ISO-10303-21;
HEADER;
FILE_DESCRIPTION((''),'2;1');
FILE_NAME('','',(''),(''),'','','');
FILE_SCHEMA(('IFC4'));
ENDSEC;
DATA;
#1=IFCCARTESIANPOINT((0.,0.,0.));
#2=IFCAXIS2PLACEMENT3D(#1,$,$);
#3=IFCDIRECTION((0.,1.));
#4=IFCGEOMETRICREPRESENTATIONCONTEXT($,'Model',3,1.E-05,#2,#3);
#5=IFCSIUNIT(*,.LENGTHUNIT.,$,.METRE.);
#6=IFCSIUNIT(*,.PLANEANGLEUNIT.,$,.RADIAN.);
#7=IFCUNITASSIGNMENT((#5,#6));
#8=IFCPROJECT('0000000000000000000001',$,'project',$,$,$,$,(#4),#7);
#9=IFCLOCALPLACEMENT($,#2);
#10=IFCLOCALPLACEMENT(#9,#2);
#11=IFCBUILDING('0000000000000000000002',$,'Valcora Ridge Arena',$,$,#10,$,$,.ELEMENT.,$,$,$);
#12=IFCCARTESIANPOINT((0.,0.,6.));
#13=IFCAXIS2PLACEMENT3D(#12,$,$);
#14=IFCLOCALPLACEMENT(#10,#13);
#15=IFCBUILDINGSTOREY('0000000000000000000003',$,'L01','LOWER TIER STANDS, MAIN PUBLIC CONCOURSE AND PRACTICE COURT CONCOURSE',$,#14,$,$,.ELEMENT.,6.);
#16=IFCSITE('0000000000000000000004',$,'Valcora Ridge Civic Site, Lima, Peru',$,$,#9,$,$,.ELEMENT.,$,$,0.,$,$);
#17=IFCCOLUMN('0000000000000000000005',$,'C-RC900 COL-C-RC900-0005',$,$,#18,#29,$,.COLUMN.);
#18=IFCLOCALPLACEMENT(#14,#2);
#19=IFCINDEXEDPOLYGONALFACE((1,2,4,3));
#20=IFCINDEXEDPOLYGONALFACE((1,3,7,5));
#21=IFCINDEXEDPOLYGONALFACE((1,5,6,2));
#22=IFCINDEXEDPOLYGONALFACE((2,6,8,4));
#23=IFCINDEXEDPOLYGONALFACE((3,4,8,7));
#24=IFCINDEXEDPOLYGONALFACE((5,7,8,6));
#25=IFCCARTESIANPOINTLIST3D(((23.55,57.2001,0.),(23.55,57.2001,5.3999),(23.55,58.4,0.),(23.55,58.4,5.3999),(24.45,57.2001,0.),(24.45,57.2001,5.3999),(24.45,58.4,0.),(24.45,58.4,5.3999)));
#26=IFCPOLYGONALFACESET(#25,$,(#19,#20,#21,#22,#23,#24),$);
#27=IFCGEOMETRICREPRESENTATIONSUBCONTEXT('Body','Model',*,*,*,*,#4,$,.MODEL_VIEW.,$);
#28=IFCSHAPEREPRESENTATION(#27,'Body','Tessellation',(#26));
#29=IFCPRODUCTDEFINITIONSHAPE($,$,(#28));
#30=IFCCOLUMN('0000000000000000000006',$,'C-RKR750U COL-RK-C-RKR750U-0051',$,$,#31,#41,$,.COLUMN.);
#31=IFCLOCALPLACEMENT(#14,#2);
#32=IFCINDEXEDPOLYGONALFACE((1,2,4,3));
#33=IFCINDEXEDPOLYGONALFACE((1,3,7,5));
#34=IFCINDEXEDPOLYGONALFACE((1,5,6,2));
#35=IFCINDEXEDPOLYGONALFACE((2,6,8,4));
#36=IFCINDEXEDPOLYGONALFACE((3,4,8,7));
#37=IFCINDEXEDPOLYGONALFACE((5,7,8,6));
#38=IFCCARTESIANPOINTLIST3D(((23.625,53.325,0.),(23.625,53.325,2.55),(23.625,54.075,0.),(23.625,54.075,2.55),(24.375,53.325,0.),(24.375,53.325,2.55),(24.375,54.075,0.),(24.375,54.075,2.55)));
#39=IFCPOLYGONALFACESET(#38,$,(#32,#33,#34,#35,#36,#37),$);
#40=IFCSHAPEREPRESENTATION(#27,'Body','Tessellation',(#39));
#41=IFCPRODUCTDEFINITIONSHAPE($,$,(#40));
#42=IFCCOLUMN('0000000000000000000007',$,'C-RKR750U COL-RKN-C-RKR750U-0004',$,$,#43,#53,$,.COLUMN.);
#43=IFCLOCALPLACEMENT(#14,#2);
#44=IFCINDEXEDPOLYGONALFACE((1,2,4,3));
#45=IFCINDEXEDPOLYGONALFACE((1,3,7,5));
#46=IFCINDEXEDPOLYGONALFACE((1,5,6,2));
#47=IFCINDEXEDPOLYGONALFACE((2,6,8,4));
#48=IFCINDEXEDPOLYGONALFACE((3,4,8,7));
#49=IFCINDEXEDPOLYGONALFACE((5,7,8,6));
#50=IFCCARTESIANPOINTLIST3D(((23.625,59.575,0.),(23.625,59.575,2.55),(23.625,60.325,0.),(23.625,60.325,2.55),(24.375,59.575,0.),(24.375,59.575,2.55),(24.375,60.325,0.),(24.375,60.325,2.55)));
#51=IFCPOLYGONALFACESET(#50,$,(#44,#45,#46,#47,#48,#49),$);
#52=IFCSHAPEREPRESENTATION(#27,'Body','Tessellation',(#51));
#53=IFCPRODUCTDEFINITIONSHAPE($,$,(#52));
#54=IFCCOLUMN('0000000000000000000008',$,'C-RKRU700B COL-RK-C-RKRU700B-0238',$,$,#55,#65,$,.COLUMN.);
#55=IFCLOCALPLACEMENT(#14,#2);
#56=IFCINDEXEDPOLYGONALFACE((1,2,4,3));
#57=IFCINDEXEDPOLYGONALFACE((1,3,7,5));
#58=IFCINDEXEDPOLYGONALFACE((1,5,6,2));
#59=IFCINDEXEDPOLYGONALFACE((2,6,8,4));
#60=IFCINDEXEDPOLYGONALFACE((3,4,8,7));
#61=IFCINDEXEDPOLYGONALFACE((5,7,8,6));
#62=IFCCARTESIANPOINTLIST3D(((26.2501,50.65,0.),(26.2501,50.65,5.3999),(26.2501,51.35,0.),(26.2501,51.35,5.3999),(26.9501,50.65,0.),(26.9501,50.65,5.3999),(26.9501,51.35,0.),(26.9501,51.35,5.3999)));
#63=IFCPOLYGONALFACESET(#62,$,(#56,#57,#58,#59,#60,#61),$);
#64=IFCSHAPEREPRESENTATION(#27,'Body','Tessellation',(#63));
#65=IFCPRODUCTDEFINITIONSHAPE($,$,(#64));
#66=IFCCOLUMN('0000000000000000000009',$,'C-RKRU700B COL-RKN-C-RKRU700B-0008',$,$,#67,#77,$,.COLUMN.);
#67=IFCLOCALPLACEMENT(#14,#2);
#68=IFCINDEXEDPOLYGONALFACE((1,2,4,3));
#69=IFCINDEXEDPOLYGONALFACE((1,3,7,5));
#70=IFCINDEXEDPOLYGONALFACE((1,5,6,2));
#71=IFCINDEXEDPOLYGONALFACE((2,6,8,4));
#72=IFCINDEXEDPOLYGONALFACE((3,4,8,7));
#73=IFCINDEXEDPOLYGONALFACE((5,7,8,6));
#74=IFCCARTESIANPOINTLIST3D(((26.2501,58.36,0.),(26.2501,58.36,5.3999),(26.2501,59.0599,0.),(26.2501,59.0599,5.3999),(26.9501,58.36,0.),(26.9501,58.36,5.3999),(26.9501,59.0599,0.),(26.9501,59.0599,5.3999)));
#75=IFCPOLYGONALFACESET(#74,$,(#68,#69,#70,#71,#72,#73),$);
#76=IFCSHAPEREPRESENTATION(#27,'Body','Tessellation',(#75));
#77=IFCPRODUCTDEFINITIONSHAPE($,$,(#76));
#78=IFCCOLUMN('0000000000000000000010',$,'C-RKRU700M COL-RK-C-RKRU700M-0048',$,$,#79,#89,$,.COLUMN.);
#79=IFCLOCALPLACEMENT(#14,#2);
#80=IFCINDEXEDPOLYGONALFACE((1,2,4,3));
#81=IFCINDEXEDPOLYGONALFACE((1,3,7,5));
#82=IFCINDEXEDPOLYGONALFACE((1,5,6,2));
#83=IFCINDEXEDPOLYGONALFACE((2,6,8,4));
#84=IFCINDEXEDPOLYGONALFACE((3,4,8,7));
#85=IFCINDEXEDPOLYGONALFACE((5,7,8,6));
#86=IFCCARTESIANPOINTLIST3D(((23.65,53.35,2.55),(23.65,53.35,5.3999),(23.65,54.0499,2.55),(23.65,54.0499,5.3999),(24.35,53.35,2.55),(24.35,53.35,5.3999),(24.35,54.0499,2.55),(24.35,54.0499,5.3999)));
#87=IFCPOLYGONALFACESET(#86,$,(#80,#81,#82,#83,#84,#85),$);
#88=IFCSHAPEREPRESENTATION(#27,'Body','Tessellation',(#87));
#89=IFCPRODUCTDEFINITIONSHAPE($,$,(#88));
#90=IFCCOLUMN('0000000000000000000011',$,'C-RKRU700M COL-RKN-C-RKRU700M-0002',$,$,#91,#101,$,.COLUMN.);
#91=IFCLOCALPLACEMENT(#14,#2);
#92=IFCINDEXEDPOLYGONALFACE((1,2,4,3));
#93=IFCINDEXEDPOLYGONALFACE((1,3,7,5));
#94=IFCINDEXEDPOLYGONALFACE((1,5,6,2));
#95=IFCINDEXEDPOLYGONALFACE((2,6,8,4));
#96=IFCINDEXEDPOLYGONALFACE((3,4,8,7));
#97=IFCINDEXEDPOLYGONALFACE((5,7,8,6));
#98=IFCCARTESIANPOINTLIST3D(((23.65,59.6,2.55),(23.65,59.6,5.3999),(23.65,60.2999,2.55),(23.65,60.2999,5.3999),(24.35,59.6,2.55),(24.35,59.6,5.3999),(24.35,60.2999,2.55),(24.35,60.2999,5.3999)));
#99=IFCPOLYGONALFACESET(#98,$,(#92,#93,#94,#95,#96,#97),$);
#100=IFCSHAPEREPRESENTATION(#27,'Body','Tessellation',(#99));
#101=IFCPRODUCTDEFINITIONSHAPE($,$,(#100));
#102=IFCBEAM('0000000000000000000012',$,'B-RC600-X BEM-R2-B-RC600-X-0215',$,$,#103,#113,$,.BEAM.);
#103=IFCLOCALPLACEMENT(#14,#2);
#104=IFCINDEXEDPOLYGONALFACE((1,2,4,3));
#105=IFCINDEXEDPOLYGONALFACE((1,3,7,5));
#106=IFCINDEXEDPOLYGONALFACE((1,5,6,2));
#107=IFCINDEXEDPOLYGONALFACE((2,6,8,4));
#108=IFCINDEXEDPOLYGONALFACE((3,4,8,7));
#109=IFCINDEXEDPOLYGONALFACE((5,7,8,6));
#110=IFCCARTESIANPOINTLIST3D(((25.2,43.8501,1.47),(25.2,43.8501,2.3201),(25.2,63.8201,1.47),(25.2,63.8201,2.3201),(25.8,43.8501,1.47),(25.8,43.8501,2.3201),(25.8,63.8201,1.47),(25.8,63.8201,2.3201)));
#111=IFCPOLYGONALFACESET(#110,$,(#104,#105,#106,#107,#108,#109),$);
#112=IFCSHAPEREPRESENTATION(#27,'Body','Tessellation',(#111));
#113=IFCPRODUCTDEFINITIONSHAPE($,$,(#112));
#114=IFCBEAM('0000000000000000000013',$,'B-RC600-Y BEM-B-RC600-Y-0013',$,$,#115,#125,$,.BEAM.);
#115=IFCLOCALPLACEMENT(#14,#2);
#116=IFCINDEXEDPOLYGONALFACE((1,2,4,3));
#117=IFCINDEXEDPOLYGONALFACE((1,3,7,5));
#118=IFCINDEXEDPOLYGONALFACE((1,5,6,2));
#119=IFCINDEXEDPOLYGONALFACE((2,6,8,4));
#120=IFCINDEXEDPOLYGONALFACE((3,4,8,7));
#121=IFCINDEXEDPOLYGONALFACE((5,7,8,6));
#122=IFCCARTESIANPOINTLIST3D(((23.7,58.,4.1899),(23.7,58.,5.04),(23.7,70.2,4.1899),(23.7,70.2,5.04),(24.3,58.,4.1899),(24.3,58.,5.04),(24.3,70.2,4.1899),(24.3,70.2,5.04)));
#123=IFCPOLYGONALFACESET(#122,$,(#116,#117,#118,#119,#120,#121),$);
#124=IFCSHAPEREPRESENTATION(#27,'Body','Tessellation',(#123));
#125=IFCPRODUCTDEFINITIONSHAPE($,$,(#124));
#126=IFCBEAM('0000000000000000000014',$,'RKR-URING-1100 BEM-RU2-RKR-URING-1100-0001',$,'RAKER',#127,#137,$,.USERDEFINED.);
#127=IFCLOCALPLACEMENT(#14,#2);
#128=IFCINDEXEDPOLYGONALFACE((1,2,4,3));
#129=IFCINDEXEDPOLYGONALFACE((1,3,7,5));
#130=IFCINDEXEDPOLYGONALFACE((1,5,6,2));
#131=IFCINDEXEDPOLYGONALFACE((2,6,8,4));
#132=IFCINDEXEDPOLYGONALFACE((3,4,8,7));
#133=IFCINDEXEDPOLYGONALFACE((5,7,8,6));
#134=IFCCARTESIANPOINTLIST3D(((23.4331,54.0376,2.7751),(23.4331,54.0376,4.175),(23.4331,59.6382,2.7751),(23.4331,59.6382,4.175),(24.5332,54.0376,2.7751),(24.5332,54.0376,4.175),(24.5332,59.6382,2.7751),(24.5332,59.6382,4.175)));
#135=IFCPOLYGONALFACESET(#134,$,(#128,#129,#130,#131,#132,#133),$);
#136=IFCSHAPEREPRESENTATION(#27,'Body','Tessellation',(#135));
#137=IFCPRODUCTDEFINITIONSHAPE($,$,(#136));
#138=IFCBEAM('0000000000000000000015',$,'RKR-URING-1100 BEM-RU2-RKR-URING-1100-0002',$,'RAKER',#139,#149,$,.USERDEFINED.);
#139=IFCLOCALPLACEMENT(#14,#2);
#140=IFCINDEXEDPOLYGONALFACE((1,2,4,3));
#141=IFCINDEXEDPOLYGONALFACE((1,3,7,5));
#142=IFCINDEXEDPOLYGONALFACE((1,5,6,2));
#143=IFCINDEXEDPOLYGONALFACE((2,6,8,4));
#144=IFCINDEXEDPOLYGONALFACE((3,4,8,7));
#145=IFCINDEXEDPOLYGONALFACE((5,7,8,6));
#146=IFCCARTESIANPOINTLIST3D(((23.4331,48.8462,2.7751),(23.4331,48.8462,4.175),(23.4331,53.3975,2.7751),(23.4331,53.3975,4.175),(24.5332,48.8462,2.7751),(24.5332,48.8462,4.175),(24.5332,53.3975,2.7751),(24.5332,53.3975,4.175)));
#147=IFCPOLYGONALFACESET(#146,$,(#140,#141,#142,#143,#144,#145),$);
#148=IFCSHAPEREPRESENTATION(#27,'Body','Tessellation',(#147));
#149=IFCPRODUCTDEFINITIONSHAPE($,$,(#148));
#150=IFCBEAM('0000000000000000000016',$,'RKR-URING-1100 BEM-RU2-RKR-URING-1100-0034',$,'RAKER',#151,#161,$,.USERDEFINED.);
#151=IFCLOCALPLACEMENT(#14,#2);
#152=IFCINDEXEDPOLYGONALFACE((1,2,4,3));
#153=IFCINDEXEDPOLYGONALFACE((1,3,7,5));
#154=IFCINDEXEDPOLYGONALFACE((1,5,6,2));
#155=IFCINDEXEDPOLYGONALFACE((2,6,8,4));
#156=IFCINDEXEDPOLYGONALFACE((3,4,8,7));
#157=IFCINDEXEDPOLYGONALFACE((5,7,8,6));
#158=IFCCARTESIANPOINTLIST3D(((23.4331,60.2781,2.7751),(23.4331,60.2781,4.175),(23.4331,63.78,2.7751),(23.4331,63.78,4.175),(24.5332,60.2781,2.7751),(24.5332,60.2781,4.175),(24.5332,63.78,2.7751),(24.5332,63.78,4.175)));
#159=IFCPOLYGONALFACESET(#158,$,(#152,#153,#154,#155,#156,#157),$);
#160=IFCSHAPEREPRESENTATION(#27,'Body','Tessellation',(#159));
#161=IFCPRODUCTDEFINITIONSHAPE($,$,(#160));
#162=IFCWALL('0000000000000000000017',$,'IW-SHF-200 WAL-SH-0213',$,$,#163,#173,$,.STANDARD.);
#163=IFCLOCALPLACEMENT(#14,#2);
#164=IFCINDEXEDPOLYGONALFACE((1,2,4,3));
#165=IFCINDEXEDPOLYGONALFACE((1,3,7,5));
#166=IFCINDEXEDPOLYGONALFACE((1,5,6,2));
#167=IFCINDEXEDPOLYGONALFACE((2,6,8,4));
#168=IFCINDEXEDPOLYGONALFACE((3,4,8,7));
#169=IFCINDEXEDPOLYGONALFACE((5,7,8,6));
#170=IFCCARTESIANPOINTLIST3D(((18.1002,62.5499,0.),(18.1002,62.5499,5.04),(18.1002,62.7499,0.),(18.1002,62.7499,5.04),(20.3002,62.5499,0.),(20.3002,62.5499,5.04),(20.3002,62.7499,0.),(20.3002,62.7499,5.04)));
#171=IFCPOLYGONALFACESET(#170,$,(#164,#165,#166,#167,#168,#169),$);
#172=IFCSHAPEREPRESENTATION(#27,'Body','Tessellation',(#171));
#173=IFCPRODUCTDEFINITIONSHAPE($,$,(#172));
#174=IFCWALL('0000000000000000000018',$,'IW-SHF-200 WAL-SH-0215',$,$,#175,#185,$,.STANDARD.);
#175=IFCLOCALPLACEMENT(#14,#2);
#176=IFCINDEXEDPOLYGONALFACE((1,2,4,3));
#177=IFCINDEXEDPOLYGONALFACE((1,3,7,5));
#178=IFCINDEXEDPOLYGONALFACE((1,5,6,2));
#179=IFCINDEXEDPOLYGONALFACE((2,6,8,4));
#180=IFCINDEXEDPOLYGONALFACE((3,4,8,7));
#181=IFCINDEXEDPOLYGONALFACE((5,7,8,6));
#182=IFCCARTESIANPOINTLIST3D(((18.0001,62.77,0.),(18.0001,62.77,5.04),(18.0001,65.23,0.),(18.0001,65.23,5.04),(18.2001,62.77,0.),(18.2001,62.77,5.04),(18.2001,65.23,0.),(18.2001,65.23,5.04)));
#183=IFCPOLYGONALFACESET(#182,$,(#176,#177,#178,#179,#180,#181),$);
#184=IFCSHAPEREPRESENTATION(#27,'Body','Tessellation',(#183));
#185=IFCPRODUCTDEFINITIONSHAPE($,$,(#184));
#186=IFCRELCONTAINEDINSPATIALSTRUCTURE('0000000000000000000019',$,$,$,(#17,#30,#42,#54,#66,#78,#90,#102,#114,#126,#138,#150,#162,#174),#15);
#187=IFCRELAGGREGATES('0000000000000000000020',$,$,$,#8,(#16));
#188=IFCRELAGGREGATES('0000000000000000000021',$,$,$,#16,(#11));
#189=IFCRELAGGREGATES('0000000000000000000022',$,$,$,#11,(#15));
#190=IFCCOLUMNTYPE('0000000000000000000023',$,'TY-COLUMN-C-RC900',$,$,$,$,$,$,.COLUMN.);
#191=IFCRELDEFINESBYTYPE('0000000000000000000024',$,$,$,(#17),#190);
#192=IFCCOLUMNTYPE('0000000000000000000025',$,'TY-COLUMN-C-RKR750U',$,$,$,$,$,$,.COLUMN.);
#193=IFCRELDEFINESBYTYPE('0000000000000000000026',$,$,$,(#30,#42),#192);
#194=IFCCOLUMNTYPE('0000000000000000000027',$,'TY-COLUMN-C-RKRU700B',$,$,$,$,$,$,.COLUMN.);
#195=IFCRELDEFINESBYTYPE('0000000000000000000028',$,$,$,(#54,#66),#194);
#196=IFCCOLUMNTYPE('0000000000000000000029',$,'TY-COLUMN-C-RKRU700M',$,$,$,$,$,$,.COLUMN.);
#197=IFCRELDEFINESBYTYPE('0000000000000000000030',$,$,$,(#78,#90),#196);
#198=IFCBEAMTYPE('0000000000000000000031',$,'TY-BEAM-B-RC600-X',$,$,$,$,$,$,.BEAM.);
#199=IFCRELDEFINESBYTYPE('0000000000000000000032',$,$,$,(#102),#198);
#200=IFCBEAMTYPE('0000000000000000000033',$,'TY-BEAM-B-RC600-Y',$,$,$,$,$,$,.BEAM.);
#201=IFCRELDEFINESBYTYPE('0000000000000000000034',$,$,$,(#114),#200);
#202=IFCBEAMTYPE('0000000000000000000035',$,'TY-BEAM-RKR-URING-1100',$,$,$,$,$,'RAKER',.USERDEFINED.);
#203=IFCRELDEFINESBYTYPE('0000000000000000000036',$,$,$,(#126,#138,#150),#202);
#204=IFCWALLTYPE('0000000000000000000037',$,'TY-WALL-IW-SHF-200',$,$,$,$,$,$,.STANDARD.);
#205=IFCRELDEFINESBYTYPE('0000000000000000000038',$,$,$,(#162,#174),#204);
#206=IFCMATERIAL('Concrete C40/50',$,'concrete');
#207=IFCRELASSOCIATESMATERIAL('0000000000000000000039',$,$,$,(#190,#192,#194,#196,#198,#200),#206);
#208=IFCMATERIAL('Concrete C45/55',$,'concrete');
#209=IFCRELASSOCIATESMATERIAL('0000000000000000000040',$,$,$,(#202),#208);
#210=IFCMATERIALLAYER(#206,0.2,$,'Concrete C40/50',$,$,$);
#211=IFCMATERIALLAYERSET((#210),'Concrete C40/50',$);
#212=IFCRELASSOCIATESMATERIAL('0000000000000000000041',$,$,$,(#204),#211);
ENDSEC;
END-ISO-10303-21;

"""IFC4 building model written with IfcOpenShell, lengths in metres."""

from ifc_helpers import new_model, si_unit, direction, frame, frame_2d, origin, origin_2d, place, context, subcontext, project, spatial, rectangle, extrude, material, layer, layer_set, material_profile, profile_set, type_object, element, save


model = new_model("IFC4")

# Units and contexts
model_context = context("Model", 3, precision=1e-05, world=origin(), true_north=direction((0.0, 1.0)))
body_context = subcontext(model_context, "Body", "Model", "MODEL_VIEW")
ifc_project = project(units=[si_unit("LENGTHUNIT", "METRE"), si_unit("PLANEANGLEUNIT", "RADIAN")], contexts=[model_context])

# Site, building, storey
site_placement = place(None, origin())
site = spatial("IfcSite", under=ifc_project, at=site_placement, Name="Valcora Ridge Civic Site, Lima, Peru", CompositionType="ELEMENT", RefElevation=0.0)
building_placement = place(site_placement, origin())
building = spatial("IfcBuilding", under=site, at=building_placement, Name="Valcora Ridge Arena", CompositionType="ELEMENT")
storey_placement = place(building_placement, frame((0.0, 0.0, 6.0)))
storey = spatial("IfcBuildingStorey", under=building, at=storey_placement, Name="L01", Description="LOWER TIER STANDS, MAIN PUBLIC CONCOURSE AND PRACTICE COURT CONCOURSE", CompositionType="ELEMENT", Elevation=6.0)

# Columns
ifc_material_1 = material(Name="Concrete C40/50", Category="concrete")
ifc_material_profile_1 = material_profile(ifc_material_1, rectangle(XDim=0.8999, YDim=1.2, at=origin_2d()), Name="RC 900x1200")
ifc_profile_set_1 = profile_set([ifc_material_profile_1], Name="Concrete C40/50")
column_type_1 = type_object("IfcColumnType", Name="TY-COLUMN-C-RC900", PredefinedType="COLUMN", material=ifc_profile_set_1)
column_placement = place(storey_placement, frame((24.0, 57.8, 0.0), z_axis=(0.0, 0.0, 1.0), x_axis=(1.0, 0.0, 0.0)))
element("IfcColumn", 1, at=column_placement, inside=storey, type_object=column_type_1, Name="C-RC900 COL-C-RC900-0005", PredefinedType="COLUMN", context=body_context, shape_type="SweptSolid", body=[
    extrude(rectangle(XDim=0.8999, YDim=1.2, at=origin_2d()), origin(), (0.0, 0.0, 1.0), 5.3999),
])
ifc_material_profile_2 = material_profile(ifc_material_1, rectangle(XDim=0.75, YDim=0.75, at=origin_2d()), Name="RC 750x750")
ifc_profile_set_2 = profile_set([ifc_material_profile_2], Name="Concrete C40/50")
column_type_2 = type_object("IfcColumnType", Name="TY-COLUMN-C-RKR750U", PredefinedType="COLUMN", material=ifc_profile_set_2)
for number, where, z_axis, x_axis, name in (
    (2, (24.0, 53.7, 0.0), (0.0, 0.0, 1.0), (1.0, 0.0, 0.0), "C-RKR750U COL-RK-C-RKR750U-0051"),
    (3, (24.0, 59.95, 0.0), (0.0, 0.0, 1.0), (1.0, 0.0, 0.0), "C-RKR750U COL-RKN-C-RKR750U-0004"),
):
    element("IfcColumn", number, at=place(storey_placement, frame(where, z_axis=z_axis, x_axis=x_axis)), inside=storey, type_object=column_type_2, Name=name, PredefinedType="COLUMN", context=body_context, shape_type="SweptSolid", body=[
        extrude(rectangle(XDim=0.75, YDim=0.75, at=origin_2d()), origin(), (0.0, 0.0, 1.0), 2.55),
    ])
ifc_material_profile_3 = material_profile(ifc_material_1, rectangle(XDim=0.7, YDim=0.7, at=origin_2d()), Name="RC 700x700")
ifc_profile_set_3 = profile_set([ifc_material_profile_3], Name="Concrete C40/50")
column_type_3 = type_object("IfcColumnType", Name="TY-COLUMN-C-RKRU700B", PredefinedType="COLUMN", material=ifc_profile_set_3)
for number, where, z_axis, x_axis, name in (
    (4, (26.6001, 51.0, 0.0), (0.0, 0.0, 1.0), (1.0, 0.0, 0.0), "C-RKRU700B COL-RK-C-RKRU700B-0238"),
    (5, (26.6001, 58.71, 0.0), (0.0, 0.0, 1.0), (1.0, 0.0, 0.0), "C-RKRU700B COL-RKN-C-RKRU700B-0008"),
):
    element("IfcColumn", number, at=place(storey_placement, frame(where, z_axis=z_axis, x_axis=x_axis)), inside=storey, type_object=column_type_3, Name=name, PredefinedType="COLUMN", context=body_context, shape_type="SweptSolid", body=[
        extrude(rectangle(XDim=0.7, YDim=0.7, at=origin_2d()), origin(), (0.0, 0.0, 1.0), 5.3999),
    ])
ifc_material_profile_4 = material_profile(ifc_material_1, rectangle(XDim=0.7, YDim=0.7, at=origin_2d()), Name="RC 700x700")
ifc_profile_set_4 = profile_set([ifc_material_profile_4], Name="Concrete C40/50")
column_type_4 = type_object("IfcColumnType", Name="TY-COLUMN-C-RKRU700M", PredefinedType="COLUMN", material=ifc_profile_set_4)
for number, where, z_axis, x_axis, name in (
    (6, (24.0, 53.7, 2.55), (0.0, 0.0, 1.0), (1.0, 0.0, 0.0), "C-RKRU700M COL-RK-C-RKRU700M-0048"),
    (7, (24.0, 59.95, 2.55), (0.0, 0.0, 1.0), (1.0, 0.0, 0.0), "C-RKRU700M COL-RKN-C-RKRU700M-0002"),
):
    element("IfcColumn", number, at=place(storey_placement, frame(where, z_axis=z_axis, x_axis=x_axis)), inside=storey, type_object=column_type_4, Name=name, PredefinedType="COLUMN", context=body_context, shape_type="SweptSolid", body=[
        extrude(rectangle(XDim=0.7, YDim=0.7, at=origin_2d()), origin(), (0.0, 0.0, 1.0), 2.8499),
    ])

# Beams
ifc_material_profile_5 = material_profile(ifc_material_1, rectangle(XDim=0.6001, YDim=0.8501, at=origin_2d()), Name="RC 600x850")
ifc_profile_set_5 = profile_set([ifc_material_profile_5], Name="Concrete C40/50")
beam_type_1 = type_object("IfcBeamType", Name="TY-BEAM-B-RC600-X", PredefinedType="BEAM", material=ifc_profile_set_5)
beam_1_placement = place(storey_placement, frame((25.5, 63.8201, 1.895), z_axis=(0.0, -1.0, 0.0), x_axis=(1.0, 0.0, 0.0)))
element("IfcBeam", 8, at=beam_1_placement, inside=storey, type_object=beam_type_1, Name="B-RC600-X BEM-R2-B-RC600-X-0215", PredefinedType="BEAM", context=body_context, shape_type="SweptSolid", body=[
    extrude(rectangle(XDim=0.6001, YDim=0.8501, at=origin_2d()), origin(), (0.0, 0.0, 1.0), 19.97),
])
ifc_material_profile_6 = material_profile(ifc_material_1, rectangle(XDim=0.6001, YDim=0.8501, at=origin_2d()), Name="RC 600x850")
ifc_profile_set_6 = profile_set([ifc_material_profile_6], Name="Concrete C40/50")
beam_type_2 = type_object("IfcBeamType", Name="TY-BEAM-B-RC600-Y", PredefinedType="BEAM", material=ifc_profile_set_6)
beam_2_placement = place(storey_placement, frame((24.0, 58.0, 4.615), z_axis=(0.0, 1.0, 0.0), x_axis=(-1.0, 0.0, 0.0)))
element("IfcBeam", 9, at=beam_2_placement, inside=storey, type_object=beam_type_2, Name="B-RC600-Y BEM-B-RC600-Y-0013", PredefinedType="BEAM", context=body_context, shape_type="SweptSolid", body=[
    extrude(rectangle(XDim=0.6001, YDim=0.8501, at=origin_2d()), origin(), (0.0, 0.0, 1.0), 12.2),
])
ifc_material_2 = material(Name="Concrete C45/55", Category="concrete")
ifc_material_profile_7 = material_profile(ifc_material_2, rectangle(XDim=1.1001, YDim=1.3999, at=origin_2d()), Name="RC 1100x1400")
ifc_profile_set_7 = profile_set([ifc_material_profile_7], Name="Concrete C45/55")
beam_type_3 = type_object("IfcBeamType", Name="TY-BEAM-RKR-URING-1100", ElementType="RAKER", PredefinedType="USERDEFINED", material=ifc_profile_set_7)
beam_3_placement = place(storey_placement, frame((23.9832, 59.6382, 3.4751), z_axis=(0.0, -1.0, 0.0), x_axis=(1.0, 0.0, 0.0)))
element("IfcBeam", 10, at=beam_3_placement, inside=storey, type_object=beam_type_3, Name="RKR-URING-1100 BEM-RU2-RKR-URING-1100-0001", ObjectType="RAKER", PredefinedType="USERDEFINED", context=body_context, shape_type="SweptSolid", body=[
    extrude(rectangle(XDim=1.1001, YDim=1.3999, at=origin_2d()), origin(), (0.0, 0.0, 1.0), 5.6006),
])
beam_4_placement = place(storey_placement, frame((23.9832, 53.3975, 3.4751), z_axis=(0.0, -1.0, 0.0), x_axis=(1.0, 0.0, 0.0)))
element("IfcBeam", 11, at=beam_4_placement, inside=storey, type_object=beam_type_3, Name="RKR-URING-1100 BEM-RU2-RKR-URING-1100-0002", ObjectType="RAKER", PredefinedType="USERDEFINED", context=body_context, shape_type="SweptSolid", body=[
    extrude(rectangle(XDim=1.1001, YDim=1.3999, at=origin_2d()), origin(), (0.0, 0.0, 1.0), 4.5513),
])
beam_5_placement = place(storey_placement, frame((23.9832, 63.78, 3.4751), z_axis=(0.0, -1.0, 0.0), x_axis=(1.0, 0.0, 0.0)))
element("IfcBeam", 12, at=beam_5_placement, inside=storey, type_object=beam_type_3, Name="RKR-URING-1100 BEM-RU2-RKR-URING-1100-0034", ObjectType="RAKER", PredefinedType="USERDEFINED", context=body_context, shape_type="SweptSolid", body=[
    extrude(rectangle(XDim=1.1001, YDim=1.3999, at=origin_2d()), origin(), (0.0, 0.0, 1.0), 3.502),
])

# Walls
ifc_layer_1 = layer(ifc_material_1, 0.2, Name="Concrete C40/50")
ifc_layer_set_1 = layer_set([ifc_layer_1], Name="Concrete C40/50")
wall_type_1 = type_object("IfcWallType", Name="TY-WALL-IW-SHF-200", PredefinedType="STANDARD", material=ifc_layer_set_1)
wall_1_placement = place(storey_placement, frame((18.1001, 62.6499, 0.0), z_axis=(0.0, 0.0, 1.0), x_axis=(1.0, 0.0, 0.0)))
element("IfcWall", 13, at=wall_1_placement, inside=storey, type_object=wall_type_1, Name="IW-SHF-200 WAL-SH-0213", PredefinedType="STANDARD", context=body_context, shape_type="SweptSolid", body=[
    extrude(rectangle(XDim=2.2, YDim=0.2, at=frame_2d((1.1001, 0.0))), origin(), (0.0, 0.0, 1.0), 5.04),
])
wall_2_placement = place(storey_placement, frame((18.1001, 62.77, 0.0), z_axis=(0.0, 0.0, 1.0), x_axis=(0.0, 1.0, 0.0)))
element("IfcWall", 14, at=wall_2_placement, inside=storey, type_object=wall_type_1, Name="IW-SHF-200 WAL-SH-0215", PredefinedType="STANDARD", context=body_context, shape_type="SweptSolid", body=[
    extrude(rectangle(XDim=2.46, YDim=0.2, at=frame_2d((1.23, 0.0))), origin(), (0.0, 0.0, 1.0), 5.04),
])

save(model, "model.ifc")
